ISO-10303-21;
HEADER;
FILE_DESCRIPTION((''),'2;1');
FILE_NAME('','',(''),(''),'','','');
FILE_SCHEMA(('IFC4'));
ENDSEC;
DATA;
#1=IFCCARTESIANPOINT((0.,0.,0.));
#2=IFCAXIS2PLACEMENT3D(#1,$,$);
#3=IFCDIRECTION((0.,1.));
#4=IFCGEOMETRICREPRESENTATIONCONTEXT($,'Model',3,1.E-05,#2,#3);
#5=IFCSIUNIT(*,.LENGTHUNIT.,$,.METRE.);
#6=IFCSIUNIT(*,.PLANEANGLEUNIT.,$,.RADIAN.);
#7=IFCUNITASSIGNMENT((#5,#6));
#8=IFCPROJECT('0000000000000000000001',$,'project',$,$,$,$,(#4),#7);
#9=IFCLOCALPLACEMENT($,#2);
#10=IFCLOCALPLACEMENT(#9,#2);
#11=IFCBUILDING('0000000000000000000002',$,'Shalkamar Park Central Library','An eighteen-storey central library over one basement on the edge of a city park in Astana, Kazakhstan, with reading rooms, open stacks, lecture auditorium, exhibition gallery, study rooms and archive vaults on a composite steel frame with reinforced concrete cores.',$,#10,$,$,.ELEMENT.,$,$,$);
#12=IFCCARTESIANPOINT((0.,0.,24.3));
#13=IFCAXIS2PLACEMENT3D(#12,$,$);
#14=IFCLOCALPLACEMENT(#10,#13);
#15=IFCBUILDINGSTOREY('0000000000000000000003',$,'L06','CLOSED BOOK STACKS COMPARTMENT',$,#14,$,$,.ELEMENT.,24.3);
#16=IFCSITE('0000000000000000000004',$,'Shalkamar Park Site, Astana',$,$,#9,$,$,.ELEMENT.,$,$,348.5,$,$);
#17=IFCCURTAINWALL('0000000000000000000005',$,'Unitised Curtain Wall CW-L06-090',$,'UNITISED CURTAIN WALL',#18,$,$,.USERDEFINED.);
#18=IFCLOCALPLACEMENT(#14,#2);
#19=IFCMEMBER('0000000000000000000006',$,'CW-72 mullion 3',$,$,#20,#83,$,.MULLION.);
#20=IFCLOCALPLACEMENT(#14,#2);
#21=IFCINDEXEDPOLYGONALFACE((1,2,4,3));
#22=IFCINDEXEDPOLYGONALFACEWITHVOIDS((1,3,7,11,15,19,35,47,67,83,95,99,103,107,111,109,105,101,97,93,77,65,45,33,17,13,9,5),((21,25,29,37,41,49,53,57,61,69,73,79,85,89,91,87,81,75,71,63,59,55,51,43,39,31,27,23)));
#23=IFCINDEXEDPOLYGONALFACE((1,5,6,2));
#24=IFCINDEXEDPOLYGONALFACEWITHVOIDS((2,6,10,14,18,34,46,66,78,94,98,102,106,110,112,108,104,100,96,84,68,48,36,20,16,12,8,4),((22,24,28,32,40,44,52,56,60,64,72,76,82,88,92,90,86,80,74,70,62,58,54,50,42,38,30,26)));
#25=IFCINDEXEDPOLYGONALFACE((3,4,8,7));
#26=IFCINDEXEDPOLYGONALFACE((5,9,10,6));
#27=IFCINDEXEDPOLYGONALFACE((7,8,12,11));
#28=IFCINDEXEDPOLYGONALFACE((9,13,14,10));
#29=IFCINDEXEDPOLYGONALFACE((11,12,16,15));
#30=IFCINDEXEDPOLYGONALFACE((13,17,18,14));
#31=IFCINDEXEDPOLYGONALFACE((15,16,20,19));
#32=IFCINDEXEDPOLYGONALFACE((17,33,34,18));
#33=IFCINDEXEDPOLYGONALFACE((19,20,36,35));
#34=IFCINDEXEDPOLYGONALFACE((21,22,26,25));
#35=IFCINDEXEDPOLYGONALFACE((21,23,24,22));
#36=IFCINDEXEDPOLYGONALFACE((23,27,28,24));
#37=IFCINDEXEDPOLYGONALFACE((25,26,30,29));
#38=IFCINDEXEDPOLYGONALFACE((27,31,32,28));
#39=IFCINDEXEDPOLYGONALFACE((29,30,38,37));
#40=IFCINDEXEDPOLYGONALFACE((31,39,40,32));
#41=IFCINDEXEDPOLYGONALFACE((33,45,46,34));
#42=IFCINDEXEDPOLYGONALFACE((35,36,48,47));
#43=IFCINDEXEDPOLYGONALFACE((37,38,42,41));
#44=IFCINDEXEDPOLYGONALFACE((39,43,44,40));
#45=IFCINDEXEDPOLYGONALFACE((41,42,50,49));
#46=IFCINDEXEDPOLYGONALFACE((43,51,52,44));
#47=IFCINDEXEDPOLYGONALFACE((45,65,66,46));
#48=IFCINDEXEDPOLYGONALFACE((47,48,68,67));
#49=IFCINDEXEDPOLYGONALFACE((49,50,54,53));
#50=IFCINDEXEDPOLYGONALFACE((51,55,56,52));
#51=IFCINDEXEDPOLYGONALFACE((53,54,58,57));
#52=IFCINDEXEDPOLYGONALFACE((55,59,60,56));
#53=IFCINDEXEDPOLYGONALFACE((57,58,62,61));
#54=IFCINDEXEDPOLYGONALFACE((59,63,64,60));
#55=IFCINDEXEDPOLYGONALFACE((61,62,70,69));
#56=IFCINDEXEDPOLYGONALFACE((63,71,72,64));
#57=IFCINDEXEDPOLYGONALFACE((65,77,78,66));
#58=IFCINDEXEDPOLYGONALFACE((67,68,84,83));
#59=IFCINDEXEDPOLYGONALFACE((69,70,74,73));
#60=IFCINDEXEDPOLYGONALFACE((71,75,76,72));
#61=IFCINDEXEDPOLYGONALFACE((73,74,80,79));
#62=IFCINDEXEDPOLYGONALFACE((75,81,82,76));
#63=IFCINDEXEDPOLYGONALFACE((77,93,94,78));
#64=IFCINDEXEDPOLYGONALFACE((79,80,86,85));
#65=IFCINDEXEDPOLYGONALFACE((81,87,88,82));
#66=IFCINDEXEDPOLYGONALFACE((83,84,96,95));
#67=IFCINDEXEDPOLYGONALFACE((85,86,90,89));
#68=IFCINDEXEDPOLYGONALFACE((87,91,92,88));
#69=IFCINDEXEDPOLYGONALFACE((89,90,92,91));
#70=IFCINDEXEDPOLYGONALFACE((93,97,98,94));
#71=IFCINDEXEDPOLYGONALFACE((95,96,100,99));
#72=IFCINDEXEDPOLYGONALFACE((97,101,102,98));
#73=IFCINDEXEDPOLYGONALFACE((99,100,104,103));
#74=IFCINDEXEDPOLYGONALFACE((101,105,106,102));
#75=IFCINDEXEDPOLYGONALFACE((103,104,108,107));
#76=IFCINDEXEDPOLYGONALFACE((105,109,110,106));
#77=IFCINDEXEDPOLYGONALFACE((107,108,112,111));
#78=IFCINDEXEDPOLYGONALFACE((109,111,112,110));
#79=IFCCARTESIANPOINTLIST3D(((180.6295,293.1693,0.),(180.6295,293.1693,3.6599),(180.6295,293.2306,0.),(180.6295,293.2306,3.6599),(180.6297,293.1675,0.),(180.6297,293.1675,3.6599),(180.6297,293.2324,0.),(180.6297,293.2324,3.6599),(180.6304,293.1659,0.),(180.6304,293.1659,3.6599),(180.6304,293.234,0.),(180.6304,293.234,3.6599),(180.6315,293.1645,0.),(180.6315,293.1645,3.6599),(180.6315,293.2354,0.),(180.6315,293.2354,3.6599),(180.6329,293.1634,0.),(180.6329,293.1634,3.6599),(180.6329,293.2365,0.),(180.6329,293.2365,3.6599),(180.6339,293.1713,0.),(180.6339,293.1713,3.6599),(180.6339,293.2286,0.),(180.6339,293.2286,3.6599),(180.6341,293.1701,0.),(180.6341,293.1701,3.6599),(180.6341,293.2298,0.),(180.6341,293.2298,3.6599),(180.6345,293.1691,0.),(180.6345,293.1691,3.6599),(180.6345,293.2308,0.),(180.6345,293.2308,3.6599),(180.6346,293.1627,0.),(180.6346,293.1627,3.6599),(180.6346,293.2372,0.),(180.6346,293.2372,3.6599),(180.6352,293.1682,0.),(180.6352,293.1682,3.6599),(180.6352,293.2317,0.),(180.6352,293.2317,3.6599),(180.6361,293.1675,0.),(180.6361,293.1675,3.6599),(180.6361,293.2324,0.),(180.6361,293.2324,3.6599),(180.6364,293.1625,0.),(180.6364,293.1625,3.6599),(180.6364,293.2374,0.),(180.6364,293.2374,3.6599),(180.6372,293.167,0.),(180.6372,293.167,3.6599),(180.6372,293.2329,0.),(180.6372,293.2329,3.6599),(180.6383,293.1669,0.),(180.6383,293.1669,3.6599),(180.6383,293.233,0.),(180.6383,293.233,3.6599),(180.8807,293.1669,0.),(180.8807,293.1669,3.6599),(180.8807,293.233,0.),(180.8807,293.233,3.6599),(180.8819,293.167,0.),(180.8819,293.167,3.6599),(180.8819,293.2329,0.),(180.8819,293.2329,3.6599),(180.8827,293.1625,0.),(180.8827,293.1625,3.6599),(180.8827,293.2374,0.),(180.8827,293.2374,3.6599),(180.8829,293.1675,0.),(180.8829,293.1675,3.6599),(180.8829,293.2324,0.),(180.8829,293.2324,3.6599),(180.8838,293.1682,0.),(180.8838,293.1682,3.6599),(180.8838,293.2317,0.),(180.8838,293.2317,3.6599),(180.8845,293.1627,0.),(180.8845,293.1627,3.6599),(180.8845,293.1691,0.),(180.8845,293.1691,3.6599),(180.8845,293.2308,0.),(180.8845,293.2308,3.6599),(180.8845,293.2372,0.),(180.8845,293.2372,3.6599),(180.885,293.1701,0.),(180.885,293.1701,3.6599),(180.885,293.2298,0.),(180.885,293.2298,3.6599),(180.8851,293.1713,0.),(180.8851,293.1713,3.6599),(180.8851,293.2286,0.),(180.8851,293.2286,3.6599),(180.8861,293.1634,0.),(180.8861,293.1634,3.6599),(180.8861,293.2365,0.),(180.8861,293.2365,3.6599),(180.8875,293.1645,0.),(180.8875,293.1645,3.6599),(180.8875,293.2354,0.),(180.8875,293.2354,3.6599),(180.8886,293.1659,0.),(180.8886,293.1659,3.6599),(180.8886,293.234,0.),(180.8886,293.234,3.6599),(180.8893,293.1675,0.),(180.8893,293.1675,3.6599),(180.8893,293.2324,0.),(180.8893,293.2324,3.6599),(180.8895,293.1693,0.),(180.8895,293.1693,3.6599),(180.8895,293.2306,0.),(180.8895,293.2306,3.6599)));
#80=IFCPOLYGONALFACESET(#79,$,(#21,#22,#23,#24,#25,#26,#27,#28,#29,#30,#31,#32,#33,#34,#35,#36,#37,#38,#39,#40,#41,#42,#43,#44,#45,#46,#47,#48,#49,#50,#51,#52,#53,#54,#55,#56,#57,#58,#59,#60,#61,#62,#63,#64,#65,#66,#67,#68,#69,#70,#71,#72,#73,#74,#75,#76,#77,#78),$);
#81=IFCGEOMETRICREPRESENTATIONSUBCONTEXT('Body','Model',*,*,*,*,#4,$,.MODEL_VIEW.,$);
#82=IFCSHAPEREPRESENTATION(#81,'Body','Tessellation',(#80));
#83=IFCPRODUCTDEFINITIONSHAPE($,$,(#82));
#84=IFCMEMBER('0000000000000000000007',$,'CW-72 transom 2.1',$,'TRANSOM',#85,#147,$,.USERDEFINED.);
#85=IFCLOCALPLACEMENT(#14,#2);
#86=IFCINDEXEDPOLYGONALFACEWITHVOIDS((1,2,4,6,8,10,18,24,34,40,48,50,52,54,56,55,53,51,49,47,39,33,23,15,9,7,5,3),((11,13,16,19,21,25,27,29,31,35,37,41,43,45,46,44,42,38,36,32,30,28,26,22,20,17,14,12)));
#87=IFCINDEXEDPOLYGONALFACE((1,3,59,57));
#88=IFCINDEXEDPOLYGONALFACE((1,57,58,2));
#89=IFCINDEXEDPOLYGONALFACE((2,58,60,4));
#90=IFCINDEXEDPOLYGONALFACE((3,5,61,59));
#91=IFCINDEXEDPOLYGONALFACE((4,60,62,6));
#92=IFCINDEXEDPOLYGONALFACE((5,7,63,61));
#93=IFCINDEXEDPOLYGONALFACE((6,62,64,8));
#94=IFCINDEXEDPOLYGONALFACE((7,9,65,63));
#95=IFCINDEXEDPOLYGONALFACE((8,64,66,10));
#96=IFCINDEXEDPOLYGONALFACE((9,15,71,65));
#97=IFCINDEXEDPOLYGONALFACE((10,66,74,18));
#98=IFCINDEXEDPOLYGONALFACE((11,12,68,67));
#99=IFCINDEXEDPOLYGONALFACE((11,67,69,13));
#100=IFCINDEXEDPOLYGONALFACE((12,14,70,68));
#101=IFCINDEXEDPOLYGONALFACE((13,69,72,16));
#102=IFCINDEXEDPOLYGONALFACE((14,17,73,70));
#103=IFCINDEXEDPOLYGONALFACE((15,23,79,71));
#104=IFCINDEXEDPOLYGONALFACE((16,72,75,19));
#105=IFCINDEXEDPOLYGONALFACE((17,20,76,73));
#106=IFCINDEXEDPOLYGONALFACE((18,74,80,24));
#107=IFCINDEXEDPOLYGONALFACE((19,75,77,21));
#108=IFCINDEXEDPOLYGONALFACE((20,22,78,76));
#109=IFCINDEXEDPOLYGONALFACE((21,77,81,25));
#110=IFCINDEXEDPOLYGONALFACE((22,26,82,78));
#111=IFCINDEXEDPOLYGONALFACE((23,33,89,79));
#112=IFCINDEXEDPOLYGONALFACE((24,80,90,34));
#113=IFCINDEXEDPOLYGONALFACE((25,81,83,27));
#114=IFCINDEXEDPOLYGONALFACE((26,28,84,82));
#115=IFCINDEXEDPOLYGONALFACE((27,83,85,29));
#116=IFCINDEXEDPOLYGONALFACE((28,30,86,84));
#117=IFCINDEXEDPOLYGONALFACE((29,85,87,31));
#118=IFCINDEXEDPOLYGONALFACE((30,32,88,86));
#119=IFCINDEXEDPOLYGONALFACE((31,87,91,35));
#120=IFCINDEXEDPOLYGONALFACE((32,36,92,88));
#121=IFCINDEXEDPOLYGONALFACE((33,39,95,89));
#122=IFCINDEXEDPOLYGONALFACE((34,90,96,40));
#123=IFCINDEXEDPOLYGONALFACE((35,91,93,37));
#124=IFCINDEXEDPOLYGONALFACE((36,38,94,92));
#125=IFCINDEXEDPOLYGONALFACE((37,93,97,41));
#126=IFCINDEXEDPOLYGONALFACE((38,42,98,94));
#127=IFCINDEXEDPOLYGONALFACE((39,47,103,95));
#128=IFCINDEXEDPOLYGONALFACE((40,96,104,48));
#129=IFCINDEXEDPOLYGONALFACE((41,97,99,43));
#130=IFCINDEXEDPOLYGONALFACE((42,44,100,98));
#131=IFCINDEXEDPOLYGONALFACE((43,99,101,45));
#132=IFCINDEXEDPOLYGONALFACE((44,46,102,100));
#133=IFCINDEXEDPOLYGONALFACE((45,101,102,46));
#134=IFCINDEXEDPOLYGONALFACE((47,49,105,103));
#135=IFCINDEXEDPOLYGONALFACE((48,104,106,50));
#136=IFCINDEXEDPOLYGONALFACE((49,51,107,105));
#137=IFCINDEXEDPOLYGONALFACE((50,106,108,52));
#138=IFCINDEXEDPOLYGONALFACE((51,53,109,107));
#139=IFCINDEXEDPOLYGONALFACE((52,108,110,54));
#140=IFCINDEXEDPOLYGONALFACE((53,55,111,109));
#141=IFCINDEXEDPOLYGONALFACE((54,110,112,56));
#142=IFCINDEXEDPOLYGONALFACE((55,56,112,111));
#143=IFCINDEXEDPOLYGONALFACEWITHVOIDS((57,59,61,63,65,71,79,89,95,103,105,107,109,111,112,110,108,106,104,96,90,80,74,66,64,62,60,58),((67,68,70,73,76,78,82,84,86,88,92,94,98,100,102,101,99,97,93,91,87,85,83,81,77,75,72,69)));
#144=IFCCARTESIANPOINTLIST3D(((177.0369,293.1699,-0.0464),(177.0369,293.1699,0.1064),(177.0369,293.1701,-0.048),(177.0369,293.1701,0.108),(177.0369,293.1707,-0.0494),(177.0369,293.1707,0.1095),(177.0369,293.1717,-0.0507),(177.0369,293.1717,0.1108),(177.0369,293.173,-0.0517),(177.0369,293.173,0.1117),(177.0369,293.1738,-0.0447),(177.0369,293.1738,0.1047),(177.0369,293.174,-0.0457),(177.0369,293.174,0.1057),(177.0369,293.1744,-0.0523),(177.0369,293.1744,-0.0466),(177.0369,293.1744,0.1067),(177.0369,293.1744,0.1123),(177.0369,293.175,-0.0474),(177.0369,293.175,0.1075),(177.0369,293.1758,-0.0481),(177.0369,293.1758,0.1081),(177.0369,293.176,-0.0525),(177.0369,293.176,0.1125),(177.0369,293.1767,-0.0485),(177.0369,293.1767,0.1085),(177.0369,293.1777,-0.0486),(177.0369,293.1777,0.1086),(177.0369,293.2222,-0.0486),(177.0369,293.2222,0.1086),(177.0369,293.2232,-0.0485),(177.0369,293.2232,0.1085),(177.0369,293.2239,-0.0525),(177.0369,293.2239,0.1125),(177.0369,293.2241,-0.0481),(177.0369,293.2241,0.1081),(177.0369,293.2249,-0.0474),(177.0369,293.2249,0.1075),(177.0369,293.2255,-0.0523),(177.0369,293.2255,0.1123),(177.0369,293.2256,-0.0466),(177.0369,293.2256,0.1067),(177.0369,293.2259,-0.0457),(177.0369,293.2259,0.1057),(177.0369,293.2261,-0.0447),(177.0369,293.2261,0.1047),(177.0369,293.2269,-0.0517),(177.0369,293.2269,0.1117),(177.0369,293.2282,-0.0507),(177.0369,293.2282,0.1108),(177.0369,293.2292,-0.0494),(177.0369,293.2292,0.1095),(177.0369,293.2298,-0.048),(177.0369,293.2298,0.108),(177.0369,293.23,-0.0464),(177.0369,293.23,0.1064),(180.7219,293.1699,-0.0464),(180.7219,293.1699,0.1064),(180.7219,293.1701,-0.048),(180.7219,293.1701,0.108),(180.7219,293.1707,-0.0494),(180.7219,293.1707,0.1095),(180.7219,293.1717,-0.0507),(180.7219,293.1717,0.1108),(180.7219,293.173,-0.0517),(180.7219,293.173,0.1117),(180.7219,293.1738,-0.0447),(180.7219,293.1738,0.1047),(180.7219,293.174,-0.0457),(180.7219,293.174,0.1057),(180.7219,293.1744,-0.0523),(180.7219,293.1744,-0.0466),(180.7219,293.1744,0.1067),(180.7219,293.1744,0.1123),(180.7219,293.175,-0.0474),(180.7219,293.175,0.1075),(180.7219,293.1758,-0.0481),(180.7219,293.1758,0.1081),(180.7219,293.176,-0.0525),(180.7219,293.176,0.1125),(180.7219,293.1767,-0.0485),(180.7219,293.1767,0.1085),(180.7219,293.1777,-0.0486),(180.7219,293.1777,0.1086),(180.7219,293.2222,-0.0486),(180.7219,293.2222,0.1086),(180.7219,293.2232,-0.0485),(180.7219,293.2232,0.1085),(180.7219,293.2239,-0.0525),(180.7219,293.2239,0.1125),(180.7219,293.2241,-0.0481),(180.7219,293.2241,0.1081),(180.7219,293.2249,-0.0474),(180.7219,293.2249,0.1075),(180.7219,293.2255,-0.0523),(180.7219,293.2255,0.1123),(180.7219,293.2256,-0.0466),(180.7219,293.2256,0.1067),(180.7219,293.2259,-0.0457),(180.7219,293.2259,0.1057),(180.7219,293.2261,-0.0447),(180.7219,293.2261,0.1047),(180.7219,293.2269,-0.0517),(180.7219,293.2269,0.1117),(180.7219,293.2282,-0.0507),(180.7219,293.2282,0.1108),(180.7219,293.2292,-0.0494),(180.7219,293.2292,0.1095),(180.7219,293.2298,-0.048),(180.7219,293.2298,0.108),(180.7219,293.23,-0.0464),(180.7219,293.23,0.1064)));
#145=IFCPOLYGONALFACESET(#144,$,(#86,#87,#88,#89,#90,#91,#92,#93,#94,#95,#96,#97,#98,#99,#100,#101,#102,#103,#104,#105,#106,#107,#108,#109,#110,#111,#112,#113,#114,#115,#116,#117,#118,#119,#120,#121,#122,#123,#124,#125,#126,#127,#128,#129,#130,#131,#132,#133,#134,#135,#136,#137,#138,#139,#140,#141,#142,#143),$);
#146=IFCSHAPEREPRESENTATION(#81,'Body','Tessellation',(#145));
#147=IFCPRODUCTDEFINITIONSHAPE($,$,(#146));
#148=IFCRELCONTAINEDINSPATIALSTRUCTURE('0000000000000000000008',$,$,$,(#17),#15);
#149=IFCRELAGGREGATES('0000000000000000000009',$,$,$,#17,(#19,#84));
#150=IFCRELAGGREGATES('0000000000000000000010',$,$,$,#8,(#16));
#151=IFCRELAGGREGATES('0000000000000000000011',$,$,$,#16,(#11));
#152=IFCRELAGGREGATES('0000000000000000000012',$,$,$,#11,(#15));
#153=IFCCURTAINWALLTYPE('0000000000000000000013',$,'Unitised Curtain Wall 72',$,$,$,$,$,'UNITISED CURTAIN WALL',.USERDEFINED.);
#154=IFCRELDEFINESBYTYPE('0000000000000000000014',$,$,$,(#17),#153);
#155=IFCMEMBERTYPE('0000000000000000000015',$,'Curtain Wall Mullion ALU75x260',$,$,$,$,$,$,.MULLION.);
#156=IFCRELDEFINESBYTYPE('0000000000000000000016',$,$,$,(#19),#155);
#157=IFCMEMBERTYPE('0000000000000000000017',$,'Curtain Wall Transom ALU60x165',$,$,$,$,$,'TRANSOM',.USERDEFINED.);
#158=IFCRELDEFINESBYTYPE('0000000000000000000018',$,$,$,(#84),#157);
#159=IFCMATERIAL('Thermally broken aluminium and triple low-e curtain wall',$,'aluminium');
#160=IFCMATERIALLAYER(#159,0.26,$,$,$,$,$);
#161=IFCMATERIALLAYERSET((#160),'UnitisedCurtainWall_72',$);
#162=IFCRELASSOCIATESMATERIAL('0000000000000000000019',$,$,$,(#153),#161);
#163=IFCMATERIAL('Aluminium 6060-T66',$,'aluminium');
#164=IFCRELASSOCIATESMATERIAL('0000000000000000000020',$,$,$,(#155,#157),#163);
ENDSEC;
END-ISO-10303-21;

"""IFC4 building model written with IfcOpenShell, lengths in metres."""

from ifc_helpers import new_model, si_unit, direction, frame, origin, origin_2d, place, context, subcontext, project, spatial, hollow_rectangle, extrude, material, layer, layer_set, material_profile, profile_set, type_object, element, aggregate, save


model = new_model("IFC4")

# Units and contexts
model_context = context("Model", 3, precision=1e-05, world=origin(), true_north=direction((0.0, 1.0)))
body_context = subcontext(model_context, "Body", "Model", "MODEL_VIEW")
ifc_project = project(units=[si_unit("LENGTHUNIT", "METRE"), si_unit("PLANEANGLEUNIT", "RADIAN")], contexts=[model_context])

# Site, building, storey
site_placement = place(None, origin())
site = spatial("IfcSite", under=ifc_project, at=site_placement, Name="Shalkamar Park Site, Astana", CompositionType="ELEMENT", RefElevation=348.5)
building_placement = place(site_placement, origin())
building = spatial("IfcBuilding", under=site, at=building_placement, Name="Shalkamar Park Central Library", Description="An eighteen-storey central library over one basement on the edge of a city park in Astana, Kazakhstan, with reading rooms, open stacks, lecture auditorium, exhibition gallery, study rooms and archive vaults on a composite steel frame with reinforced concrete cores.", CompositionType="ELEMENT")
storey_placement = place(building_placement, frame((0.0, 0.0, 24.3)))
storey = spatial("IfcBuildingStorey", under=building, at=storey_placement, Name="L06", Description="CLOSED BOOK STACKS COMPARTMENT", CompositionType="ELEMENT", Elevation=24.3)

# Curtain wall, members
ifc_material_1 = material(Name="Thermally broken aluminium and triple low-e curtain wall", Category="aluminium")
ifc_layer_1 = layer(ifc_material_1, 0.26)
ifc_layer_set_1 = layer_set([ifc_layer_1], Name="UnitisedCurtainWall_72")
curtain_wall_type = type_object("IfcCurtainWallType", Name="Unitised Curtain Wall 72", ElementType="UNITISED CURTAIN WALL", PredefinedType="USERDEFINED", material=ifc_layer_set_1)
curtain_wall_placement = place(storey_placement, origin())
curtain_wall = element("IfcCurtainWall", 1, at=curtain_wall_placement, inside=storey, type_object=curtain_wall_type, Name="Unitised Curtain Wall CW-L06-090", ObjectType="UNITISED CURTAIN WALL", PredefinedType="USERDEFINED")
ifc_material_2 = material(Name="Aluminium 6060-T66", Category="aluminium")
ifc_material_profile_1 = material_profile(ifc_material_2, hollow_rectangle(XDim=0.075, YDim=0.26, WallThickness=0.0044, InnerFilletRadius=0.0044, OuterFilletRadius=0.0068, at=origin_2d()), Name="ALU 75x260x4.5")
ifc_profile_set_1 = profile_set([ifc_material_profile_1], Name="Aluminium 6060-T66")
member_type_1 = type_object("IfcMemberType", Name="Curtain Wall Mullion ALU75x260", PredefinedType="MULLION", material=ifc_profile_set_1)
member_1_placement = place(storey_placement, frame((180.7595, 293.2, 0.0), z_axis=(0.0, 0.0, 1.0), x_axis=(0.0, 1.0, 0.0)))
member_1 = element("IfcMember", 2, at=member_1_placement, type_object=member_type_1, Name="CW-72 mullion 3", PredefinedType="MULLION", context=body_context, shape_type="SweptSolid", body=[
    extrude(hollow_rectangle(XDim=0.075, YDim=0.26, WallThickness=0.0044, InnerFilletRadius=0.0044, OuterFilletRadius=0.0068, at=origin_2d()), origin(), (0.0, 0.0, 1.0), 3.6599),
])
ifc_material_profile_2 = material_profile(ifc_material_2, hollow_rectangle(XDim=0.0601, YDim=0.165, WallThickness=0.0039, InnerFilletRadius=0.0039, OuterFilletRadius=0.0061, at=origin_2d()), Name="ALU 60x165x4")
ifc_profile_set_2 = profile_set([ifc_material_profile_2], Name="Aluminium 6060-T66")
member_type_2 = type_object("IfcMemberType", Name="Curtain Wall Transom ALU60x165", ElementType="TRANSOM", PredefinedType="USERDEFINED", material=ifc_profile_set_2)
member_2_placement = place(storey_placement, frame((177.0369, 293.2, 0.03), z_axis=(1.0, 0.0, 0.0), x_axis=(0.0, 1.0, 0.0)))
member_2 = element("IfcMember", 3, at=member_2_placement, type_object=member_type_2, Name="CW-72 transom 2.1", ObjectType="TRANSOM", PredefinedType="USERDEFINED", context=body_context, shape_type="SweptSolid", body=[
    extrude(hollow_rectangle(XDim=0.0601, YDim=0.165, WallThickness=0.0039, InnerFilletRadius=0.0039, OuterFilletRadius=0.0061, at=origin_2d()), origin(), (0.0, 0.0, 1.0), 3.6851),
])

aggregate(curtain_wall, [member_1, member_2])

save(model, "model.ifc")
